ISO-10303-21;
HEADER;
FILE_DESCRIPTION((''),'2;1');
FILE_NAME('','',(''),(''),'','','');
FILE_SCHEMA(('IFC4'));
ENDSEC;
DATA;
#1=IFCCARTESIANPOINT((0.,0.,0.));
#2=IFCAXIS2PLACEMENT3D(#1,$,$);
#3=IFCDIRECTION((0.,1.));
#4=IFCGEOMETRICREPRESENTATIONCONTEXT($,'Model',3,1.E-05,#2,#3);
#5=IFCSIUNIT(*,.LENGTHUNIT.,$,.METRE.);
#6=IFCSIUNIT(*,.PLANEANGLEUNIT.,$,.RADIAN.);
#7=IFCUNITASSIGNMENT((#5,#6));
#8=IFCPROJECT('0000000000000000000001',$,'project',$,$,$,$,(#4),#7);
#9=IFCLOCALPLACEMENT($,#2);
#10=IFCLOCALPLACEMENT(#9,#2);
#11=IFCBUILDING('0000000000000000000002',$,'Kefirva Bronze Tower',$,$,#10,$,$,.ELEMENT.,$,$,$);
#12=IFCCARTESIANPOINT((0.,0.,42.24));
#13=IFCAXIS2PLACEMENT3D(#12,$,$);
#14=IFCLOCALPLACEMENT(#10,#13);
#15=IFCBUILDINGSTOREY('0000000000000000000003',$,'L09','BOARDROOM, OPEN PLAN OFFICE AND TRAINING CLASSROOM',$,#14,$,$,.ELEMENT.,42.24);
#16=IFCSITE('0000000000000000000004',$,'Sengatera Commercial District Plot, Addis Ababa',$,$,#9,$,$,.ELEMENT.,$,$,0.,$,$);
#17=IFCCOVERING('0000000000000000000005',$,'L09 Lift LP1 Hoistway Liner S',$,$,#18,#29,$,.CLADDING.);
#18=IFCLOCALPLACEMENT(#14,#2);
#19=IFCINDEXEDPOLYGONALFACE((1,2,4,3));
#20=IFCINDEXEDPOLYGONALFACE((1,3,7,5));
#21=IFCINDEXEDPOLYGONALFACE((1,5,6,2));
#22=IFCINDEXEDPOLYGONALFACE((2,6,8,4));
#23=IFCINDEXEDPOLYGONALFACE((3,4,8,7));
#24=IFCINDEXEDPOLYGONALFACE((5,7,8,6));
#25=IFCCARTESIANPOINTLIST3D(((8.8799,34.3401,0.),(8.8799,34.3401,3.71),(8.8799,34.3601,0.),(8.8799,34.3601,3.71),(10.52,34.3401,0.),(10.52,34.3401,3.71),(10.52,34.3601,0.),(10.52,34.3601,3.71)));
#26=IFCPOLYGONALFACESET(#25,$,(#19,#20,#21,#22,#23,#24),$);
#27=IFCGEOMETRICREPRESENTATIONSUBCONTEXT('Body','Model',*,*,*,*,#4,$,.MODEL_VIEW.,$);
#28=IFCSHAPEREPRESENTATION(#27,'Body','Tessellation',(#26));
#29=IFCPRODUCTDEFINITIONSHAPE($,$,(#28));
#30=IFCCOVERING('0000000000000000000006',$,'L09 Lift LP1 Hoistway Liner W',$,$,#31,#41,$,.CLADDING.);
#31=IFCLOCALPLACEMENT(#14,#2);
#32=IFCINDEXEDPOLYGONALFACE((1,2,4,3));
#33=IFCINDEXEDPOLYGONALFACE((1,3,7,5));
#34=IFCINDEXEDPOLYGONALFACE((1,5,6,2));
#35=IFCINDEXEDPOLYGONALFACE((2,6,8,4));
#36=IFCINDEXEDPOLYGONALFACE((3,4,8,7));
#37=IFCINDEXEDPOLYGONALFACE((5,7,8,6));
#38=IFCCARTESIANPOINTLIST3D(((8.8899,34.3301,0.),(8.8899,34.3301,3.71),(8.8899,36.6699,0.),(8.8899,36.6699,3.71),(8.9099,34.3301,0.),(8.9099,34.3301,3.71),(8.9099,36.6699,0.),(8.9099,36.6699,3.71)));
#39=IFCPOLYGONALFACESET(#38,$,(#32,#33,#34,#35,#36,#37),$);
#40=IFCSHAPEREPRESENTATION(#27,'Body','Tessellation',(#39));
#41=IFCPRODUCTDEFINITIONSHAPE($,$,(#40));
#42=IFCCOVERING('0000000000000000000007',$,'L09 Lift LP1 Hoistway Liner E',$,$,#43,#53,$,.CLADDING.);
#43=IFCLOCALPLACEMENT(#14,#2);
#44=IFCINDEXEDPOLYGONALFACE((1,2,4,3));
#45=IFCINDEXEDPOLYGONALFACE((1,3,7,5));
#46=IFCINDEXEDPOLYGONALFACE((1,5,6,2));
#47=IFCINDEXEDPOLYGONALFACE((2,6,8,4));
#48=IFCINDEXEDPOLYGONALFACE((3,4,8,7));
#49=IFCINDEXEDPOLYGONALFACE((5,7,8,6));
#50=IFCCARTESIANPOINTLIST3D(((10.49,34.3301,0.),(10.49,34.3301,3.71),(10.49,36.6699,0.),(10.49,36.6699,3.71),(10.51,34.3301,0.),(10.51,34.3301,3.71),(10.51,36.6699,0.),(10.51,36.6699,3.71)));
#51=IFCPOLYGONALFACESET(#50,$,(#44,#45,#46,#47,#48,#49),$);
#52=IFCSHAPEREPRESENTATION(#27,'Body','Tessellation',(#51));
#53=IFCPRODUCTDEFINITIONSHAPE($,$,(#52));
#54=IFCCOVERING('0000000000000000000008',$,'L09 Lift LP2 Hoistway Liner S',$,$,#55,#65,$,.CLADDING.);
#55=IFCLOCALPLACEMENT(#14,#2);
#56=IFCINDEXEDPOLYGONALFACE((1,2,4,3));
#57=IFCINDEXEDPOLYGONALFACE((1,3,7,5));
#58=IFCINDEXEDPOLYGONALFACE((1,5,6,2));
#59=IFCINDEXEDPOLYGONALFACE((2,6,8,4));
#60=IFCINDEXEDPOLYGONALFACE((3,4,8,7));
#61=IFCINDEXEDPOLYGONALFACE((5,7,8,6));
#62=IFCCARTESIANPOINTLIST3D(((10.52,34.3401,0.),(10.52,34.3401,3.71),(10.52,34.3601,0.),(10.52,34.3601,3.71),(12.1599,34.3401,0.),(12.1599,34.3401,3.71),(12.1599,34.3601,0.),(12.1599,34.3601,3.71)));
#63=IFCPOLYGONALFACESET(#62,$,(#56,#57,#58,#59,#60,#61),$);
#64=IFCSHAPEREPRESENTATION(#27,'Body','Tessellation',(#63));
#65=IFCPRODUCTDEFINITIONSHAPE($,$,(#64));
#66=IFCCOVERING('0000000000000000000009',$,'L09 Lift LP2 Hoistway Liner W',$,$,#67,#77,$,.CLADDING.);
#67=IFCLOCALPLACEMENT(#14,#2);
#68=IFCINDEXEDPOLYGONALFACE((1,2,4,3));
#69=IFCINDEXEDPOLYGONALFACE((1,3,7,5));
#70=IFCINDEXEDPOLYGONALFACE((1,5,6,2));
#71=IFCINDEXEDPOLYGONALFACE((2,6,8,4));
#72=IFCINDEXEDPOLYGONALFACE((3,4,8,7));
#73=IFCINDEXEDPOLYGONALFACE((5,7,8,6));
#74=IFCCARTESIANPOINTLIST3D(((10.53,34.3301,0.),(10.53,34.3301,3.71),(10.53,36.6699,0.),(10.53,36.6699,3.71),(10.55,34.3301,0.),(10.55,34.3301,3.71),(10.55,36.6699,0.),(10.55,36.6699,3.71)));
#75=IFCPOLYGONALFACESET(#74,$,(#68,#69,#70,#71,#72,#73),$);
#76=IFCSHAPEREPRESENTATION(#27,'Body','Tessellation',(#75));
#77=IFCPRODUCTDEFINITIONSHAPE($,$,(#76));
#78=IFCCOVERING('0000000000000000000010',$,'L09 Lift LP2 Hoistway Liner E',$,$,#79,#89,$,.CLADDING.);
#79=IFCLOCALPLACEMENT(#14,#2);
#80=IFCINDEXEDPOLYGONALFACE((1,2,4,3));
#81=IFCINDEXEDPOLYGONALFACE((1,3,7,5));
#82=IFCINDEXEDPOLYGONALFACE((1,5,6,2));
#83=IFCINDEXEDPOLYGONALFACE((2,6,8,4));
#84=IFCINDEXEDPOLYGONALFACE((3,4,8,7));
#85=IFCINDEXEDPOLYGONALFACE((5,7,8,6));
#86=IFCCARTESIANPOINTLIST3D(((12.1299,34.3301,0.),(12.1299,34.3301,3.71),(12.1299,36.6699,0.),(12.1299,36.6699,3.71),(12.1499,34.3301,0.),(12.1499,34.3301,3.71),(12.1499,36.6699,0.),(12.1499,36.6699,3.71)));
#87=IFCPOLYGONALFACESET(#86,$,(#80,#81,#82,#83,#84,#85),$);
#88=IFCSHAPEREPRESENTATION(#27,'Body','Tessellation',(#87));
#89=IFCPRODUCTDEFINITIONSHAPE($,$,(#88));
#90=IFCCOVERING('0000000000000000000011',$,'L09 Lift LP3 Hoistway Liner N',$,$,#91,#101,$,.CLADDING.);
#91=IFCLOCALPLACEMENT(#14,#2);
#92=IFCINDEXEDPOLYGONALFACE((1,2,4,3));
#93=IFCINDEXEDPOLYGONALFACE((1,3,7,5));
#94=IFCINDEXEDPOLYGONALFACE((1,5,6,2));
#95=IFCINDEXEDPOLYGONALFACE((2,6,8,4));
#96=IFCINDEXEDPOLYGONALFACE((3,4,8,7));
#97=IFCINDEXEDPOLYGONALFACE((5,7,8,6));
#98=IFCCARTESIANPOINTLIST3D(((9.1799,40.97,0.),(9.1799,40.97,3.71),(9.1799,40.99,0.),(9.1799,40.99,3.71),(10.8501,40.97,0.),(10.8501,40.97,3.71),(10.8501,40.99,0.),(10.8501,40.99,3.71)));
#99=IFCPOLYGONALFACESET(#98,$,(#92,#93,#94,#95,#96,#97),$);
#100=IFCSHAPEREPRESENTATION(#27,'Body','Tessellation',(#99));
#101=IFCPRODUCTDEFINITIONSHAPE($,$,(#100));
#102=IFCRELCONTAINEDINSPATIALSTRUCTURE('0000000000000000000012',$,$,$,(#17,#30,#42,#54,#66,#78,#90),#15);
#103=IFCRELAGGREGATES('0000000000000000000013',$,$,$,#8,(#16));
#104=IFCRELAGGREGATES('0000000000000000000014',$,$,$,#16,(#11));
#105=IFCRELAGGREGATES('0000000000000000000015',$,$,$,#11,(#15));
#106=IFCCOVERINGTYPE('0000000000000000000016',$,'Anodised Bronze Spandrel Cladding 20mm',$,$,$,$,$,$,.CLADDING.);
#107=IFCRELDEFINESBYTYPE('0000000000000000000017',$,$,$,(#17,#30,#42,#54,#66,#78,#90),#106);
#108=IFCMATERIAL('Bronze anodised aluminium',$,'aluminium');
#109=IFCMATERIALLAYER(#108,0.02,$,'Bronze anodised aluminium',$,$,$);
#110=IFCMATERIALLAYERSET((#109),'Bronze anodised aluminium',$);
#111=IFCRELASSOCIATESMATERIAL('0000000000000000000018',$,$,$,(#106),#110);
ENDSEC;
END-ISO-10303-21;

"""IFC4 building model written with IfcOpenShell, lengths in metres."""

from ifc_helpers import new_model, si_unit, direction, frame, origin, place, context, subcontext, project, spatial, polyline, outline, extrude, material, layer, layer_set, type_object, element, save


model = new_model("IFC4")

# Units and contexts
model_context = context("Model", 3, precision=1e-05, world=origin(), true_north=direction((0.0, 1.0)))
body_context = subcontext(model_context, "Body", "Model", "MODEL_VIEW")
ifc_project = project(units=[si_unit("LENGTHUNIT", "METRE"), si_unit("PLANEANGLEUNIT", "RADIAN")], contexts=[model_context])

# Site, building, storey
site_placement = place(None, origin())
site = spatial("IfcSite", under=ifc_project, at=site_placement, Name="Sengatera Commercial District Plot, Addis Ababa", CompositionType="ELEMENT", RefElevation=0.0)
building_placement = place(site_placement, origin())
building = spatial("IfcBuilding", under=site, at=building_placement, Name="Kefirva Bronze Tower", CompositionType="ELEMENT")
storey_placement = place(building_placement, frame((0.0, 0.0, 42.24)))
storey = spatial("IfcBuildingStorey", under=building, at=storey_placement, Name="L09", Description="BOARDROOM, OPEN PLAN OFFICE AND TRAINING CLASSROOM", CompositionType="ELEMENT", Elevation=42.24)

# Coverings
ifc_material_1 = material(Name="Bronze anodised aluminium", Category="aluminium")
ifc_layer_1 = layer(ifc_material_1, 0.02, Name="Bronze anodised aluminium")
ifc_layer_set_1 = layer_set([ifc_layer_1], Name="Bronze anodised aluminium")
covering_type = type_object("IfcCoveringType", Name="Anodised Bronze Spandrel Cladding 20mm", PredefinedType="CLADDING", material=ifc_layer_set_1)
covering_1_placement = place(storey_placement, origin())
element("IfcCovering", 1, at=covering_1_placement, inside=storey, type_object=covering_type, Name="L09 Lift LP1 Hoistway Liner S", PredefinedType="CLADDING", context=body_context, shape_type="SweptSolid", body=[
    extrude(outline(polyline([(8.8799, 34.3401), (10.52, 34.3401), (10.52, 34.3601), (8.8799, 34.3601), (8.8799, 34.3401)])), origin(), (0.0, 0.0, 1.0), 3.71),
])
covering_2_placement = place(storey_placement, origin())
element("IfcCovering", 2, at=covering_2_placement, inside=storey, type_object=covering_type, Name="L09 Lift LP1 Hoistway Liner W", PredefinedType="CLADDING", context=body_context, shape_type="SweptSolid", body=[
    extrude(outline(polyline([(8.8899, 34.3301), (8.9099, 34.3301), (8.9099, 36.6699), (8.8899, 36.6699), (8.8899, 34.3301)])), origin(), (0.0, 0.0, 1.0), 3.71),
])
covering_3_placement = place(storey_placement, origin())
element("IfcCovering", 3, at=covering_3_placement, inside=storey, type_object=covering_type, Name="L09 Lift LP1 Hoistway Liner E", PredefinedType="CLADDING", context=body_context, shape_type="SweptSolid", body=[
    extrude(outline(polyline([(10.49, 34.3301), (10.51, 34.3301), (10.51, 36.6699), (10.49, 36.6699), (10.49, 34.3301)])), origin(), (0.0, 0.0, 1.0), 3.71),
])
covering_4_placement = place(storey_placement, origin())
element("IfcCovering", 4, at=covering_4_placement, inside=storey, type_object=covering_type, Name="L09 Lift LP2 Hoistway Liner S", PredefinedType="CLADDING", context=body_context, shape_type="SweptSolid", body=[
    extrude(outline(polyline([(10.52, 34.3401), (12.1599, 34.3401), (12.1599, 34.3601), (10.52, 34.3601), (10.52, 34.3401)])), origin(), (0.0, 0.0, 1.0), 3.71),
])
covering_5_placement = place(storey_placement, origin())
element("IfcCovering", 5, at=covering_5_placement, inside=storey, type_object=covering_type, Name="L09 Lift LP2 Hoistway Liner W", PredefinedType="CLADDING", context=body_context, shape_type="SweptSolid", body=[
    extrude(outline(polyline([(10.53, 34.3301), (10.55, 34.3301), (10.55, 36.6699), (10.53, 36.6699), (10.53, 34.3301)])), origin(), (0.0, 0.0, 1.0), 3.71),
])
covering_6_placement = place(storey_placement, origin())
element("IfcCovering", 6, at=covering_6_placement, inside=storey, type_object=covering_type, Name="L09 Lift LP2 Hoistway Liner E", PredefinedType="CLADDING", context=body_context, shape_type="SweptSolid", body=[
    extrude(outline(polyline([(12.1299, 34.3301), (12.1499, 34.3301), (12.1499, 36.6699), (12.1299, 36.6699), (12.1299, 34.3301)])), origin(), (0.0, 0.0, 1.0), 3.71),
])
covering_7_placement = place(storey_placement, origin())
element("IfcCovering", 7, at=covering_7_placement, inside=storey, type_object=covering_type, Name="L09 Lift LP3 Hoistway Liner N", PredefinedType="CLADDING", context=body_context, shape_type="SweptSolid", body=[
    extrude(outline(polyline([(9.1799, 40.97), (10.8501, 40.97), (10.8501, 40.99), (9.1799, 40.99), (9.1799, 40.97)])), origin(), (0.0, 0.0, 1.0), 3.71),
])

save(model, "model.ifc")
